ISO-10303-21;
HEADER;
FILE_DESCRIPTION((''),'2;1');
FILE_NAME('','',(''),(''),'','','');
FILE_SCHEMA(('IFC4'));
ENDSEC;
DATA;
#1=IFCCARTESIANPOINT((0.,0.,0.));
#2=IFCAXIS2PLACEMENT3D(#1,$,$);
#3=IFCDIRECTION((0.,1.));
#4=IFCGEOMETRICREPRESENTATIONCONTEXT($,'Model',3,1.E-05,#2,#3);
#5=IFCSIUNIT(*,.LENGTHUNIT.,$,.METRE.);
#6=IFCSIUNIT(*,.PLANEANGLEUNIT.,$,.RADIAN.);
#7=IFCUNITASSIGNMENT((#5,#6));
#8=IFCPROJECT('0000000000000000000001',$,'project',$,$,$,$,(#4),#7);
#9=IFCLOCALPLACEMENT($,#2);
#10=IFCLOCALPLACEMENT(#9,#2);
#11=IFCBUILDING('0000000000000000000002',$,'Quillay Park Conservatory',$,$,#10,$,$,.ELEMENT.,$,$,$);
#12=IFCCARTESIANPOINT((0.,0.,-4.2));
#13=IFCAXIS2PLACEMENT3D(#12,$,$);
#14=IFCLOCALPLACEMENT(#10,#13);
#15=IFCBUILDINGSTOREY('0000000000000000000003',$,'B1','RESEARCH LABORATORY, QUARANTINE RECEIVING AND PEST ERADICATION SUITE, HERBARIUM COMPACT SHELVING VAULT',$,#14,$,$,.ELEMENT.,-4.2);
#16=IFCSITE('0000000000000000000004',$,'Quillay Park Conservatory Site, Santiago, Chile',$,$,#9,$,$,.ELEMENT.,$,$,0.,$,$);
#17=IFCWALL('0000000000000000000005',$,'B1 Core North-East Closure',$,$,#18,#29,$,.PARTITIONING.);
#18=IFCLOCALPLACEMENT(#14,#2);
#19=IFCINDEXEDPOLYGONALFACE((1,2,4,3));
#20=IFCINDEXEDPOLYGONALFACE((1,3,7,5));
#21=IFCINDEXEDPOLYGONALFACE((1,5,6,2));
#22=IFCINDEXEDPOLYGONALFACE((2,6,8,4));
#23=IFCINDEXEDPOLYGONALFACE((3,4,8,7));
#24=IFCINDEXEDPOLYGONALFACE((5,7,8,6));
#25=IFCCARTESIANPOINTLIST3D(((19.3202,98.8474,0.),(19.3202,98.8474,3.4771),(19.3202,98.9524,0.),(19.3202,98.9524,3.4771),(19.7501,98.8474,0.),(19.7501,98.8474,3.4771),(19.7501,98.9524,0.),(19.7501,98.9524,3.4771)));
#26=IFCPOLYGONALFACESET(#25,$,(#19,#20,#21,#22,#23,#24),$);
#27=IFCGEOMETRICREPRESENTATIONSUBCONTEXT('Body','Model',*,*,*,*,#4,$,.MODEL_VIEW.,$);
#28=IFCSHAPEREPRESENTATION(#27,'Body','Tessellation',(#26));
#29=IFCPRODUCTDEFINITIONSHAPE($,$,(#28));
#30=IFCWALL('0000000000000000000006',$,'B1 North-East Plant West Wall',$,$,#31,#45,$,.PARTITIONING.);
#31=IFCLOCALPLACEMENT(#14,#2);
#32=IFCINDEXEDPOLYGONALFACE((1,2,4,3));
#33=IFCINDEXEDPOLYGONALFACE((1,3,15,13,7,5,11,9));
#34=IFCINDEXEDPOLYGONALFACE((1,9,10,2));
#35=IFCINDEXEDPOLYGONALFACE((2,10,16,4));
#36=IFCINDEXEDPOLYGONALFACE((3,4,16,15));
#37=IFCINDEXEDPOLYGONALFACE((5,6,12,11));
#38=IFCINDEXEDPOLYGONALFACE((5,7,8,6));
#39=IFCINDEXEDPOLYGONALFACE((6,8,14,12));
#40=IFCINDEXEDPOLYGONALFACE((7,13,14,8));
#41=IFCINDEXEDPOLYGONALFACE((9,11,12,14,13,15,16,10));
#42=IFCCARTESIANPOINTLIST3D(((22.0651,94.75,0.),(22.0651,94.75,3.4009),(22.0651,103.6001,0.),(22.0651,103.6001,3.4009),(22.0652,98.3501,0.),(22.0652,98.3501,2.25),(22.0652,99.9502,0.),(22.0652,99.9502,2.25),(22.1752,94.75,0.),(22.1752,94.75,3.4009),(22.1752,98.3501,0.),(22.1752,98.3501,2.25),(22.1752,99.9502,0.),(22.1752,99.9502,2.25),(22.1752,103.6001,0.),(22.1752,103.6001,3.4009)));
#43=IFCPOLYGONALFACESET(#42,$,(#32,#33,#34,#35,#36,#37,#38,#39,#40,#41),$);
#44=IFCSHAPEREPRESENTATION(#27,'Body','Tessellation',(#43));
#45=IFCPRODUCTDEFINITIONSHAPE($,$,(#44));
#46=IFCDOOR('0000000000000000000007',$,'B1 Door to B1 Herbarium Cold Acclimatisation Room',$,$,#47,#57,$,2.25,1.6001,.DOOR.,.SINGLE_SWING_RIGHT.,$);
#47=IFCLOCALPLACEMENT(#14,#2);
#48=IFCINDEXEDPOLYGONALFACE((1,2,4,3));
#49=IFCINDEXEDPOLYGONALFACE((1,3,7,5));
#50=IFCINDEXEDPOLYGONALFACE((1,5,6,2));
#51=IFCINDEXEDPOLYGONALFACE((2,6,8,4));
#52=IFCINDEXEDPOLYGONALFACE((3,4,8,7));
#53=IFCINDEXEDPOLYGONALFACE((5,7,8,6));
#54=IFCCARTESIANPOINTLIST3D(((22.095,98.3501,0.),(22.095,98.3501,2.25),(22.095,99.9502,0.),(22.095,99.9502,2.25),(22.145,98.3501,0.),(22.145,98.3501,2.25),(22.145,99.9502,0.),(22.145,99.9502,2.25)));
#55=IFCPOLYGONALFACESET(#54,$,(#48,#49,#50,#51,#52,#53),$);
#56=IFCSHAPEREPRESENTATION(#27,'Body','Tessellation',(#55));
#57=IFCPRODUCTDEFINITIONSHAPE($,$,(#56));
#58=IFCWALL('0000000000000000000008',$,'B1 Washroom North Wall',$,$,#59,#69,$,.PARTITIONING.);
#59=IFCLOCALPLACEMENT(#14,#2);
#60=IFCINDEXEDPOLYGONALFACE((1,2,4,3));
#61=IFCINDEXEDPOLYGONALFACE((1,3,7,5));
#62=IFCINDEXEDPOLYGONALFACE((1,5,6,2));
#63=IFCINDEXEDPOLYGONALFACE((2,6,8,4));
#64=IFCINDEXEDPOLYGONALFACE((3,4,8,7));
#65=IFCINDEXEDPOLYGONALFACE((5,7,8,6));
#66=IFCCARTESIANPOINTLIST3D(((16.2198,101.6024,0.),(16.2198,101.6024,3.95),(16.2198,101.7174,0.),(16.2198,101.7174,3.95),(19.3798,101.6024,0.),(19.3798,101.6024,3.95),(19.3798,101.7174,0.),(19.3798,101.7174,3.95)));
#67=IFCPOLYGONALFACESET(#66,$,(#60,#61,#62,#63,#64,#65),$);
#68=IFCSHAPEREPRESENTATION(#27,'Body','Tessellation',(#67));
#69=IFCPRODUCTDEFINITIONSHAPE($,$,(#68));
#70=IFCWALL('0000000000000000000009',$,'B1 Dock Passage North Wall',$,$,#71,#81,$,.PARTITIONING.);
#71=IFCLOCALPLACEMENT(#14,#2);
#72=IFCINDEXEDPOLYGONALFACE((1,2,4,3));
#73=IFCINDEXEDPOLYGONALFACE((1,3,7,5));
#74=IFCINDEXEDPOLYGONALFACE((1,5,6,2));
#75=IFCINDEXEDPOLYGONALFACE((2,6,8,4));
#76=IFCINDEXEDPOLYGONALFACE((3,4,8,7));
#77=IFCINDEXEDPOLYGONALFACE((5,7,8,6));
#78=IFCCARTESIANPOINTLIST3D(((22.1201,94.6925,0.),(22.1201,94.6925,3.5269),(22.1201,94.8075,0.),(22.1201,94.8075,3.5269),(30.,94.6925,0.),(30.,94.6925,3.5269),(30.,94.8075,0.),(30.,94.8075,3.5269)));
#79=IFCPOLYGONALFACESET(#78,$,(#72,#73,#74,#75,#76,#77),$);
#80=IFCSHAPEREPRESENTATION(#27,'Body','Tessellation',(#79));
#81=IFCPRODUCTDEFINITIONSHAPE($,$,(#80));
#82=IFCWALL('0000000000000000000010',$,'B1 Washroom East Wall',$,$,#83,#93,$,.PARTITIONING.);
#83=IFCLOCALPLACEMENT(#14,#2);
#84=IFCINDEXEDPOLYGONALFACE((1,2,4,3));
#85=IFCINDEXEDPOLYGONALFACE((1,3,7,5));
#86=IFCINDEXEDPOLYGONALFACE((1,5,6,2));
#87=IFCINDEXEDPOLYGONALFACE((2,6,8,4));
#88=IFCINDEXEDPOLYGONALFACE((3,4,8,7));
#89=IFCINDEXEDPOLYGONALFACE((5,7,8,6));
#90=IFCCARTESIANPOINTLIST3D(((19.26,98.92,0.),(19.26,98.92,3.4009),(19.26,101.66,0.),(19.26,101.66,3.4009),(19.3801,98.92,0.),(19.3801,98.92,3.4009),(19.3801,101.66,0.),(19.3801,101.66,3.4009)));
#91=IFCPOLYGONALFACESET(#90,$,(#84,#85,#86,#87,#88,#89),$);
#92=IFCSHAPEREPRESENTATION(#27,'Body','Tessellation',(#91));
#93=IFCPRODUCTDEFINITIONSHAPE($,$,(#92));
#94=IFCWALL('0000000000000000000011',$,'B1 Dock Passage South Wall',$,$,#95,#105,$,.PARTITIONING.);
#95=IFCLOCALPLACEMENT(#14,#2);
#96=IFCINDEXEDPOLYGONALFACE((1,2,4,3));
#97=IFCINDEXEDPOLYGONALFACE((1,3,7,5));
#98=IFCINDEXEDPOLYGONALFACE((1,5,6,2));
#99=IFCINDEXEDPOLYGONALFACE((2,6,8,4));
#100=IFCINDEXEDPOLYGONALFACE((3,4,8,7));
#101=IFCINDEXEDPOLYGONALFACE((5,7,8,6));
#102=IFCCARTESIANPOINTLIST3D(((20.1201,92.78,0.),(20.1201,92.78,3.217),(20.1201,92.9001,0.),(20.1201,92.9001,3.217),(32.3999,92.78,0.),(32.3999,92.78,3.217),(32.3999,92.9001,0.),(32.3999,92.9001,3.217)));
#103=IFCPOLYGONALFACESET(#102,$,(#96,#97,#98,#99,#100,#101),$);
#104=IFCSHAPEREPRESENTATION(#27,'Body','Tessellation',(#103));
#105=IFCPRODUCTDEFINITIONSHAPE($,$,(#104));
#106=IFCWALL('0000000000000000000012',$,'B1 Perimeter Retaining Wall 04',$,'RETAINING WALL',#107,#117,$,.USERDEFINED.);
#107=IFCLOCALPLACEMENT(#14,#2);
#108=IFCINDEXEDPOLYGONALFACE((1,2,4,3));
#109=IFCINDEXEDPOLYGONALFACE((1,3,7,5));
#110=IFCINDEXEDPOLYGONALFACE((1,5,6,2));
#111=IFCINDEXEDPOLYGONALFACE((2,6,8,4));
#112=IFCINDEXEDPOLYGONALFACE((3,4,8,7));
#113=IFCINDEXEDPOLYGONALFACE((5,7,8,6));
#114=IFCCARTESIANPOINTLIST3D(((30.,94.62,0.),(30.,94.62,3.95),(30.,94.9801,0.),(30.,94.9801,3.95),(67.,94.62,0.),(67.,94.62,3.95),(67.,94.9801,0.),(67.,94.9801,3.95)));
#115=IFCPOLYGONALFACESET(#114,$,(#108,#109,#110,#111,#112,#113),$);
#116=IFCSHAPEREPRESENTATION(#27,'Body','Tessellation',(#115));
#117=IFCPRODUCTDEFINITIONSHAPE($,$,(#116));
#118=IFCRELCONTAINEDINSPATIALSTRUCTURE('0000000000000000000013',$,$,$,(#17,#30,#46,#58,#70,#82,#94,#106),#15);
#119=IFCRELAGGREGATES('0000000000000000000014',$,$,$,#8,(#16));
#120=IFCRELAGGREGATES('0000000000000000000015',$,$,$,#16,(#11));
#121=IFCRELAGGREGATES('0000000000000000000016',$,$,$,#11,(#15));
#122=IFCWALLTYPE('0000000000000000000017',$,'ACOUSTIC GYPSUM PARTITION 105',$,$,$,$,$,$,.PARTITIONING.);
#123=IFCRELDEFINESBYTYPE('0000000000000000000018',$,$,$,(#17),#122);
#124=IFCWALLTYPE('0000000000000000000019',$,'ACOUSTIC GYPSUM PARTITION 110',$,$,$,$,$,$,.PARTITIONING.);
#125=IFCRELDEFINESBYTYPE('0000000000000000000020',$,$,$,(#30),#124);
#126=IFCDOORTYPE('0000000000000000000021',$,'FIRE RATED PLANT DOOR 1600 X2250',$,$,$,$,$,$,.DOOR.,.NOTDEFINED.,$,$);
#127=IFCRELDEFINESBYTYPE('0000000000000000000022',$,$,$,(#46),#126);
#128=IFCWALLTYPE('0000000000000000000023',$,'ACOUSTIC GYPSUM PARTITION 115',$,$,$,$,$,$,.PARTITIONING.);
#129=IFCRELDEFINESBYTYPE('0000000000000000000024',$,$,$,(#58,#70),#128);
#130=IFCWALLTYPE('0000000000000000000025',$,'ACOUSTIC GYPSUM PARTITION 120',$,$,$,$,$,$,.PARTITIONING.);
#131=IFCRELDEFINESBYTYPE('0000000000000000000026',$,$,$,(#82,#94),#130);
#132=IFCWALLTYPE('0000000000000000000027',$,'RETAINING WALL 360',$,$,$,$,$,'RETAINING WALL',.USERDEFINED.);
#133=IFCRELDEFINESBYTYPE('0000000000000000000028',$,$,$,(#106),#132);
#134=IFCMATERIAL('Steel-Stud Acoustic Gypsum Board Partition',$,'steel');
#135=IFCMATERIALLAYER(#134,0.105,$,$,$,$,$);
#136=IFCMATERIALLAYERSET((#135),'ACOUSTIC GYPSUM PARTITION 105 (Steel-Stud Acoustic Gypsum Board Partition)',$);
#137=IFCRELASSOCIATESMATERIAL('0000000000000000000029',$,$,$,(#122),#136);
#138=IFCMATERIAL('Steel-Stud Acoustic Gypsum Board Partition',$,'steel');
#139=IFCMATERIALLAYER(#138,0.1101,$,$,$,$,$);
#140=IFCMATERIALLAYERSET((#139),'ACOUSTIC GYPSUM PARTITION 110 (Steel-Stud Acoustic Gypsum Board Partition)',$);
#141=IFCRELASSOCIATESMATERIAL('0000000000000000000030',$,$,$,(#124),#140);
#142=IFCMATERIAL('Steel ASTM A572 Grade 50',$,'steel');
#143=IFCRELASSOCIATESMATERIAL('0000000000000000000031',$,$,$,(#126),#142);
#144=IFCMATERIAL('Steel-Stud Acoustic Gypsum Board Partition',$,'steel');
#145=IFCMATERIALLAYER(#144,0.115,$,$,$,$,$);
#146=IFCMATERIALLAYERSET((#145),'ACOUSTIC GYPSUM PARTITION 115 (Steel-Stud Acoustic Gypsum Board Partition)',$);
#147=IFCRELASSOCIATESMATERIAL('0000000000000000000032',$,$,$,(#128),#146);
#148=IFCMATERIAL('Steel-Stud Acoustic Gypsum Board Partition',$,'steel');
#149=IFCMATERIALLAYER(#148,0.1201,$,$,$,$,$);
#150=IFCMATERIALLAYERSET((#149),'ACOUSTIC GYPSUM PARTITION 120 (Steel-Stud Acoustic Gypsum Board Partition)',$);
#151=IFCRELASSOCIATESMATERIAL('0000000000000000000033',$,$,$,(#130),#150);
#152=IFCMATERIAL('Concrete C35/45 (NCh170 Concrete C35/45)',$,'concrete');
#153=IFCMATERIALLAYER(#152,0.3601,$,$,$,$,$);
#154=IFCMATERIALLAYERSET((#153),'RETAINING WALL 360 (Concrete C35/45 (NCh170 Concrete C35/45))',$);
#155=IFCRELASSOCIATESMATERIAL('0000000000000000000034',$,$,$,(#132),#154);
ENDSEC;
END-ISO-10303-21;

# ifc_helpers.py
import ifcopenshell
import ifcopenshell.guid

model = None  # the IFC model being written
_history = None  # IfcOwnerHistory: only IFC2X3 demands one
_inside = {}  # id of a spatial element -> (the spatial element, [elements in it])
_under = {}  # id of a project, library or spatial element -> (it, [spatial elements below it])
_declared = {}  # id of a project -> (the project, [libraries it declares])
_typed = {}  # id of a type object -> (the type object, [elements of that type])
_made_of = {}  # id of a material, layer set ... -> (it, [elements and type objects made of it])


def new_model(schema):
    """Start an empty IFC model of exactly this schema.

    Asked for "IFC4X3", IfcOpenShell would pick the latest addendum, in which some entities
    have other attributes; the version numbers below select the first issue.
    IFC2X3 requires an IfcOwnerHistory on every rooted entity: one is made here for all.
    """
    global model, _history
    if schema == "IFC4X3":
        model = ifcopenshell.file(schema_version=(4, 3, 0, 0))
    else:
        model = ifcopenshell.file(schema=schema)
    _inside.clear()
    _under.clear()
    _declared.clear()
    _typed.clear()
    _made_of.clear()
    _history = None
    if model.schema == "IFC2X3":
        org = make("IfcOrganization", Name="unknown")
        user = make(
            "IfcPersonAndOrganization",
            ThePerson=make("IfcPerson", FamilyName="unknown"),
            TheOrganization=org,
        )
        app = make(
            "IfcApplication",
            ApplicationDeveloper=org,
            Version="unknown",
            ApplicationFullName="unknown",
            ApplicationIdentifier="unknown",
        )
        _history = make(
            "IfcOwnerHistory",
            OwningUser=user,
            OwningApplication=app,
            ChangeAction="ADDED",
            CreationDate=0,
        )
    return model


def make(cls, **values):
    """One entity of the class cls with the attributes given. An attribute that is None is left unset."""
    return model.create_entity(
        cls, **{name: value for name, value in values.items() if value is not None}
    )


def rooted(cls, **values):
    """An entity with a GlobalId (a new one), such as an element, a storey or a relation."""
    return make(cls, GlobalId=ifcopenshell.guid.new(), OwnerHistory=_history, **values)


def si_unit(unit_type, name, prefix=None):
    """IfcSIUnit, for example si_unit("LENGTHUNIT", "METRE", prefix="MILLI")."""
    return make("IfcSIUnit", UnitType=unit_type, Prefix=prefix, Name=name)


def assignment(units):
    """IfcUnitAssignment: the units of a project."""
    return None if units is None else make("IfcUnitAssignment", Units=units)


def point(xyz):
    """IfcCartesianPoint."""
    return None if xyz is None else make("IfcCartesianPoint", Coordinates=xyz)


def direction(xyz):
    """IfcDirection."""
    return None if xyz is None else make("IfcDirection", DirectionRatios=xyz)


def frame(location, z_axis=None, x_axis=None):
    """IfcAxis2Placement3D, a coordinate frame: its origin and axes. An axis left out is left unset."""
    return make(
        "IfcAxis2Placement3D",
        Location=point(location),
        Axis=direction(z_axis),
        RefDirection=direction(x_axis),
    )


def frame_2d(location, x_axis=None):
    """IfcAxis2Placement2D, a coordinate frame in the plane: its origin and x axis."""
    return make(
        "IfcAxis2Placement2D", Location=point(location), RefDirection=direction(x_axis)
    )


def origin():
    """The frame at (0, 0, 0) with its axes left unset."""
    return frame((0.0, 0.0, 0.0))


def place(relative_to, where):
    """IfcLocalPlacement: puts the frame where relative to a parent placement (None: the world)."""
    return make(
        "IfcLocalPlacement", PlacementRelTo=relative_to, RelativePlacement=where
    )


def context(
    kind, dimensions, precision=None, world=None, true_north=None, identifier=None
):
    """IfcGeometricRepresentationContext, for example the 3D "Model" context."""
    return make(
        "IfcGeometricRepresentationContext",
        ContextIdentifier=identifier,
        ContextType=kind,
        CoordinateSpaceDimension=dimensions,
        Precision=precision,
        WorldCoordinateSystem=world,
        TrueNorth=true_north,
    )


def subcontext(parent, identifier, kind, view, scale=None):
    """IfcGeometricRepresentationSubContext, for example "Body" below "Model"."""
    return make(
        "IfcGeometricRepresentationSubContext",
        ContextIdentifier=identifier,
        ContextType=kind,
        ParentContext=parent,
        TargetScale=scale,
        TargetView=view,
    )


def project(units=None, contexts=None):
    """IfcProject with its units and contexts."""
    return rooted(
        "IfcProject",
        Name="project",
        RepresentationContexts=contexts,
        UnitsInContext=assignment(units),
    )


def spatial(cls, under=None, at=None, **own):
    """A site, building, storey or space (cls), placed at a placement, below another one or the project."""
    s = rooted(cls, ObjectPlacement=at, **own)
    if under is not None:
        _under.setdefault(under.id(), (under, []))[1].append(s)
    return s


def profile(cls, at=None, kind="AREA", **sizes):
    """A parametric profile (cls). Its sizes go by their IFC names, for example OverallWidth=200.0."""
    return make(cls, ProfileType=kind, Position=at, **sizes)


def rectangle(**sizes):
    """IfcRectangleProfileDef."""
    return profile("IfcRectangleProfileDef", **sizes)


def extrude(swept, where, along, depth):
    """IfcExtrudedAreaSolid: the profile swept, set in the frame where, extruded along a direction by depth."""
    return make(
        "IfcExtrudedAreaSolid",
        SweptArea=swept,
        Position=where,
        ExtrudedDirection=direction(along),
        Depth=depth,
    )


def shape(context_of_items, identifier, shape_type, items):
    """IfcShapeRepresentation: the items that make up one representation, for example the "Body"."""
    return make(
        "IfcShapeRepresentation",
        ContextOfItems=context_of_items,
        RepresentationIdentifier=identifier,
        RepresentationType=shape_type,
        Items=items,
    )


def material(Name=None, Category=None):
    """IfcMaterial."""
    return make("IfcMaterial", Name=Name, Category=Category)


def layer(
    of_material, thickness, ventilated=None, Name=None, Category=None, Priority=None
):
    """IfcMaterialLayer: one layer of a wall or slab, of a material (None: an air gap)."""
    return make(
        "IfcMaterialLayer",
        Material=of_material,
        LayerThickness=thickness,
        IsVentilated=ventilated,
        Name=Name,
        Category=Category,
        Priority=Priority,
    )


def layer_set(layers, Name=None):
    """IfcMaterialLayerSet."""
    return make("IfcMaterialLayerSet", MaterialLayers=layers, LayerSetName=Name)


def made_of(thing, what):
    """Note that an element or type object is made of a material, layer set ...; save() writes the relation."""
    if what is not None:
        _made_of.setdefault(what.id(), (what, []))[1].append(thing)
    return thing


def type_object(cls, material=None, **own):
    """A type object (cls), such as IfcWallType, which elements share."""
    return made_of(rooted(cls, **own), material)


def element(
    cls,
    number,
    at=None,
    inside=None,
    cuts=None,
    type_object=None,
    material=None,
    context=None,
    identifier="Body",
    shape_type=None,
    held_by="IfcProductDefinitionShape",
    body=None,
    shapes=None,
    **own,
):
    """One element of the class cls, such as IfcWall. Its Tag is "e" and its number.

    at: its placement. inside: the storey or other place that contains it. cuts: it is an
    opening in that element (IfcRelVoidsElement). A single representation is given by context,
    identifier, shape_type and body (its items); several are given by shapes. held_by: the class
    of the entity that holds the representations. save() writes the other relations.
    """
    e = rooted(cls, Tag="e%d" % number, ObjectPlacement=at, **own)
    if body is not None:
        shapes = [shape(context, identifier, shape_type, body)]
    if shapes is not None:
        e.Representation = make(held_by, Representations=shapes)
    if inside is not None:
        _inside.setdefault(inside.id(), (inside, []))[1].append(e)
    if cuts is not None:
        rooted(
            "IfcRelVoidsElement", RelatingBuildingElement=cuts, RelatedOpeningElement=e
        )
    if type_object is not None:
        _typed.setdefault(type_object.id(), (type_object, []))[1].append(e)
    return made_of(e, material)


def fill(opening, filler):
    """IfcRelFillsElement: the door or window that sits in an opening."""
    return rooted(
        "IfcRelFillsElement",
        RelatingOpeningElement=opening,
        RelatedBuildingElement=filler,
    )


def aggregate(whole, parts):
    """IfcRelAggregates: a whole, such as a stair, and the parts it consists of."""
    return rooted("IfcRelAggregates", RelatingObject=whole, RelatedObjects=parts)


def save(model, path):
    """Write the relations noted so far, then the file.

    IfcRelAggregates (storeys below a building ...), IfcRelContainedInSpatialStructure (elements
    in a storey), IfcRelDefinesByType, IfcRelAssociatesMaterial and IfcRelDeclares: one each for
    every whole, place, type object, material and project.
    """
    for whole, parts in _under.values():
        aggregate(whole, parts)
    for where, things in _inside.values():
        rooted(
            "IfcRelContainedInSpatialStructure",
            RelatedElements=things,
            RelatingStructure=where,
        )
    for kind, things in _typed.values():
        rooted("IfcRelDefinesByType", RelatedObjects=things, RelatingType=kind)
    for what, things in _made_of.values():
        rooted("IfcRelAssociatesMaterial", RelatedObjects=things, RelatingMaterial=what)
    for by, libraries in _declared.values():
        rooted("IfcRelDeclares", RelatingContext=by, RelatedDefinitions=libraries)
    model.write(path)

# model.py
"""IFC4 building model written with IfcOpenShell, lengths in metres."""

from ifc_helpers import new_model, si_unit, direction, frame, frame_2d, origin, place, context, subcontext, project, spatial, rectangle, extrude, material, layer, layer_set, type_object, element, fill, save


model = new_model("IFC4")

# Units and contexts
model_context = context("Model", 3, precision=1e-05, world=origin(), true_north=direction((0.0, 1.0)))
body_context = subcontext(model_context, "Body", "Model", "MODEL_VIEW")
ifc_project = project(units=[si_unit("LENGTHUNIT", "METRE"), si_unit("PLANEANGLEUNIT", "RADIAN")], contexts=[model_context])

# Site, building, storey
site_placement = place(None, origin())
site = spatial("IfcSite", under=ifc_project, at=site_placement, Name="Quillay Park Conservatory Site, Santiago, Chile", CompositionType="ELEMENT", RefElevation=0.0)
building_placement = place(site_placement, origin())
building = spatial("IfcBuilding", under=site, at=building_placement, Name="Quillay Park Conservatory", CompositionType="ELEMENT")
storey_placement = place(building_placement, frame((0.0, 0.0, -4.2)))
storey = spatial("IfcBuildingStorey", under=building, at=storey_placement, Name="B1", Description="RESEARCH LABORATORY, QUARANTINE RECEIVING AND PEST ERADICATION SUITE, HERBARIUM COMPACT SHELVING VAULT", CompositionType="ELEMENT", Elevation=-4.2)

# Wall
ifc_material_1 = material(Name="Steel-Stud Acoustic Gypsum Board Partition", Category="steel")
ifc_layer_1 = layer(ifc_material_1, 0.105)
ifc_layer_set_1 = layer_set([ifc_layer_1], Name="ACOUSTIC GYPSUM PARTITION 105 (Steel-Stud Acoustic Gypsum Board Partition)")
wall_type_1 = type_object("IfcWallType", Name="ACOUSTIC GYPSUM PARTITION 105", PredefinedType="PARTITIONING", material=ifc_layer_set_1)
wall_1_placement = place(storey_placement, frame((19.75, 98.8999, 0.0), z_axis=(0.0, 0.0, 1.0), x_axis=(-1.0, 0.0, 0.0)))
element("IfcWall", 1, at=wall_1_placement, inside=storey, type_object=wall_type_1, Name="B1 Core North-East Closure", PredefinedType="PARTITIONING", context=body_context, shape_type="SweptSolid", body=[
    extrude(rectangle(XDim=0.4299, YDim=0.105, at=frame_2d((0.2148, 0.0))), origin(), (0.0, 0.0, 1.0), 3.4771),
])

# Wall, opening, door
ifc_material_2 = material(Name="Steel-Stud Acoustic Gypsum Board Partition", Category="steel")
ifc_layer_2 = layer(ifc_material_2, 0.1101)
ifc_layer_set_2 = layer_set([ifc_layer_2], Name="ACOUSTIC GYPSUM PARTITION 110 (Steel-Stud Acoustic Gypsum Board Partition)")
wall_type_2 = type_object("IfcWallType", Name="ACOUSTIC GYPSUM PARTITION 110", PredefinedType="PARTITIONING", material=ifc_layer_set_2)
wall_2_placement = place(storey_placement, frame((22.1201, 103.6001, 0.0), z_axis=(0.0, 0.0, 1.0), x_axis=(0.0, -1.0, 0.0)))
wall_2 = element("IfcWall", 2, at=wall_2_placement, inside=storey, type_object=wall_type_2, Name="B1 North-East Plant West Wall", PredefinedType="PARTITIONING", context=body_context, shape_type="SweptSolid", body=[
    extrude(rectangle(XDim=8.8501, YDim=0.1101, at=frame_2d((4.425, 0.0))), origin(), (0.0, 0.0, 1.0), 3.4009),
])
opening_placement = place(wall_2_placement, frame((3.6499, 0.0, 0.0)))
opening = element("IfcOpeningElement", 3, at=opening_placement, cuts=wall_2, PredefinedType="OPENING", context=body_context, shape_type="SweptSolid", body=[
    extrude(rectangle(XDim=1.6001, YDim=2.25, at=frame_2d((0.8, 1.125))), frame((0.0, 0.0552, 0.0), z_axis=(0.0, -1.0, 0.0), x_axis=(1.0, 0.0, 0.0)), (0.0, 0.0, 1.0), 0.1101),
])
ifc_material_3 = material(Name="Steel ASTM A572 Grade 50", Category="steel")
door_type = type_object("IfcDoorType", Name="FIRE RATED PLANT DOOR 1600 X2250", OperationType="NOTDEFINED", PredefinedType="DOOR", material=ifc_material_3)
door_placement = place(opening_placement, origin())
door = element("IfcDoor", 4, at=door_placement, inside=storey, type_object=door_type, Name="B1 Door to B1 Herbarium Cold Acclimatisation Room", OperationType="SINGLE_SWING_RIGHT", OverallHeight=2.25, OverallWidth=1.6001, PredefinedType="DOOR", context=body_context, shape_type="SweptSolid", body=[
    extrude(rectangle(XDim=1.6001, YDim=2.25, at=frame_2d((0.8, 1.125))), frame((0.0, 0.0249, 0.0), z_axis=(0.0, -1.0, 0.0), x_axis=(1.0, 0.0, 0.0)), (0.0, 0.0, 1.0), 0.05),
])
fill(opening, door)

# Walls
ifc_material_4 = material(Name="Steel-Stud Acoustic Gypsum Board Partition", Category="steel")
ifc_layer_3 = layer(ifc_material_4, 0.115)
ifc_layer_set_3 = layer_set([ifc_layer_3], Name="ACOUSTIC GYPSUM PARTITION 115 (Steel-Stud Acoustic Gypsum Board Partition)")
wall_type_3 = type_object("IfcWallType", Name="ACOUSTIC GYPSUM PARTITION 115", PredefinedType="PARTITIONING", material=ifc_layer_set_3)
wall_3_placement = place(storey_placement, frame((19.3799, 101.6599, 0.0), z_axis=(0.0, 0.0, 1.0), x_axis=(-1.0, 0.0, 0.0)))
element("IfcWall", 5, at=wall_3_placement, inside=storey, type_object=wall_type_3, Name="B1 Washroom North Wall", PredefinedType="PARTITIONING", context=body_context, shape_type="SweptSolid", body=[
    extrude(rectangle(XDim=3.1599, YDim=0.115, at=frame_2d((1.5801, 0.0))), origin(), (0.0, 0.0, 1.0), 3.95),
])
wall_4_placement = place(storey_placement, frame((22.1201, 94.75, 0.0), z_axis=(0.0, 0.0, 1.0), x_axis=(1.0, 0.0, 0.0)))
element("IfcWall", 6, at=wall_4_placement, inside=storey, type_object=wall_type_3, Name="B1 Dock Passage North Wall", PredefinedType="PARTITIONING", context=body_context, shape_type="SweptSolid", body=[
    extrude(rectangle(XDim=7.8799, YDim=0.115, at=frame_2d((3.9399, 0.0))), origin(), (0.0, 0.0, 1.0), 3.5269),
])
ifc_material_5 = material(Name="Steel-Stud Acoustic Gypsum Board Partition", Category="steel")
ifc_layer_4 = layer(ifc_material_5, 0.1201)
ifc_layer_set_4 = layer_set([ifc_layer_4], Name="ACOUSTIC GYPSUM PARTITION 120 (Steel-Stud Acoustic Gypsum Board Partition)")
wall_type_4 = type_object("IfcWallType", Name="ACOUSTIC GYPSUM PARTITION 120", PredefinedType="PARTITIONING", material=ifc_layer_set_4)
wall_5_placement = place(storey_placement, frame((19.3201, 98.9199, 0.0), z_axis=(0.0, 0.0, 1.0), x_axis=(0.0, 1.0, 0.0)))
element("IfcWall", 7, at=wall_5_placement, inside=storey, type_object=wall_type_4, Name="B1 Washroom East Wall", PredefinedType="PARTITIONING", context=body_context, shape_type="SweptSolid", body=[
    extrude(rectangle(XDim=2.74, YDim=0.1201, at=frame_2d((1.3701, 0.0))), origin(), (0.0, 0.0, 1.0), 3.4009),
])
wall_6_placement = place(storey_placement, frame((20.1201, 92.8401, 0.0), z_axis=(0.0, 0.0, 1.0), x_axis=(1.0, 0.0, 0.0)))
element("IfcWall", 8, at=wall_6_placement, inside=storey, type_object=wall_type_4, Name="B1 Dock Passage South Wall", PredefinedType="PARTITIONING", context=body_context, shape_type="SweptSolid", body=[
    extrude(rectangle(XDim=12.2798, YDim=0.1201, at=frame_2d((6.1399, 0.0))), origin(), (0.0, 0.0, 1.0), 3.217),
])
ifc_material_6 = material(Name="Concrete C35/45 (NCh170 Concrete C35/45)", Category="concrete")
ifc_layer_5 = layer(ifc_material_6, 0.3601)
ifc_layer_set_5 = layer_set([ifc_layer_5], Name="RETAINING WALL 360 (Concrete C35/45 (NCh170 Concrete C35/45))")
wall_type_5 = type_object("IfcWallType", Name="RETAINING WALL 360", ElementType="RETAINING WALL", PredefinedType="USERDEFINED", material=ifc_layer_set_5)
wall_7_placement = place(storey_placement, frame((30.0, 94.8, 0.0), z_axis=(0.0, 0.0, 1.0), x_axis=(1.0, 0.0, 0.0)))
element("IfcWall", 9, at=wall_7_placement, inside=storey, type_object=wall_type_5, Name="B1 Perimeter Retaining Wall 04", ObjectType="RETAINING WALL", PredefinedType="USERDEFINED", context=body_context, shape_type="SweptSolid", body=[
    extrude(rectangle(XDim=37.0, YDim=0.3601, at=frame_2d((18.5, 0.0))), origin(), (0.0, 0.0, 1.0), 3.95),
])

save(model, "model.ifc")
